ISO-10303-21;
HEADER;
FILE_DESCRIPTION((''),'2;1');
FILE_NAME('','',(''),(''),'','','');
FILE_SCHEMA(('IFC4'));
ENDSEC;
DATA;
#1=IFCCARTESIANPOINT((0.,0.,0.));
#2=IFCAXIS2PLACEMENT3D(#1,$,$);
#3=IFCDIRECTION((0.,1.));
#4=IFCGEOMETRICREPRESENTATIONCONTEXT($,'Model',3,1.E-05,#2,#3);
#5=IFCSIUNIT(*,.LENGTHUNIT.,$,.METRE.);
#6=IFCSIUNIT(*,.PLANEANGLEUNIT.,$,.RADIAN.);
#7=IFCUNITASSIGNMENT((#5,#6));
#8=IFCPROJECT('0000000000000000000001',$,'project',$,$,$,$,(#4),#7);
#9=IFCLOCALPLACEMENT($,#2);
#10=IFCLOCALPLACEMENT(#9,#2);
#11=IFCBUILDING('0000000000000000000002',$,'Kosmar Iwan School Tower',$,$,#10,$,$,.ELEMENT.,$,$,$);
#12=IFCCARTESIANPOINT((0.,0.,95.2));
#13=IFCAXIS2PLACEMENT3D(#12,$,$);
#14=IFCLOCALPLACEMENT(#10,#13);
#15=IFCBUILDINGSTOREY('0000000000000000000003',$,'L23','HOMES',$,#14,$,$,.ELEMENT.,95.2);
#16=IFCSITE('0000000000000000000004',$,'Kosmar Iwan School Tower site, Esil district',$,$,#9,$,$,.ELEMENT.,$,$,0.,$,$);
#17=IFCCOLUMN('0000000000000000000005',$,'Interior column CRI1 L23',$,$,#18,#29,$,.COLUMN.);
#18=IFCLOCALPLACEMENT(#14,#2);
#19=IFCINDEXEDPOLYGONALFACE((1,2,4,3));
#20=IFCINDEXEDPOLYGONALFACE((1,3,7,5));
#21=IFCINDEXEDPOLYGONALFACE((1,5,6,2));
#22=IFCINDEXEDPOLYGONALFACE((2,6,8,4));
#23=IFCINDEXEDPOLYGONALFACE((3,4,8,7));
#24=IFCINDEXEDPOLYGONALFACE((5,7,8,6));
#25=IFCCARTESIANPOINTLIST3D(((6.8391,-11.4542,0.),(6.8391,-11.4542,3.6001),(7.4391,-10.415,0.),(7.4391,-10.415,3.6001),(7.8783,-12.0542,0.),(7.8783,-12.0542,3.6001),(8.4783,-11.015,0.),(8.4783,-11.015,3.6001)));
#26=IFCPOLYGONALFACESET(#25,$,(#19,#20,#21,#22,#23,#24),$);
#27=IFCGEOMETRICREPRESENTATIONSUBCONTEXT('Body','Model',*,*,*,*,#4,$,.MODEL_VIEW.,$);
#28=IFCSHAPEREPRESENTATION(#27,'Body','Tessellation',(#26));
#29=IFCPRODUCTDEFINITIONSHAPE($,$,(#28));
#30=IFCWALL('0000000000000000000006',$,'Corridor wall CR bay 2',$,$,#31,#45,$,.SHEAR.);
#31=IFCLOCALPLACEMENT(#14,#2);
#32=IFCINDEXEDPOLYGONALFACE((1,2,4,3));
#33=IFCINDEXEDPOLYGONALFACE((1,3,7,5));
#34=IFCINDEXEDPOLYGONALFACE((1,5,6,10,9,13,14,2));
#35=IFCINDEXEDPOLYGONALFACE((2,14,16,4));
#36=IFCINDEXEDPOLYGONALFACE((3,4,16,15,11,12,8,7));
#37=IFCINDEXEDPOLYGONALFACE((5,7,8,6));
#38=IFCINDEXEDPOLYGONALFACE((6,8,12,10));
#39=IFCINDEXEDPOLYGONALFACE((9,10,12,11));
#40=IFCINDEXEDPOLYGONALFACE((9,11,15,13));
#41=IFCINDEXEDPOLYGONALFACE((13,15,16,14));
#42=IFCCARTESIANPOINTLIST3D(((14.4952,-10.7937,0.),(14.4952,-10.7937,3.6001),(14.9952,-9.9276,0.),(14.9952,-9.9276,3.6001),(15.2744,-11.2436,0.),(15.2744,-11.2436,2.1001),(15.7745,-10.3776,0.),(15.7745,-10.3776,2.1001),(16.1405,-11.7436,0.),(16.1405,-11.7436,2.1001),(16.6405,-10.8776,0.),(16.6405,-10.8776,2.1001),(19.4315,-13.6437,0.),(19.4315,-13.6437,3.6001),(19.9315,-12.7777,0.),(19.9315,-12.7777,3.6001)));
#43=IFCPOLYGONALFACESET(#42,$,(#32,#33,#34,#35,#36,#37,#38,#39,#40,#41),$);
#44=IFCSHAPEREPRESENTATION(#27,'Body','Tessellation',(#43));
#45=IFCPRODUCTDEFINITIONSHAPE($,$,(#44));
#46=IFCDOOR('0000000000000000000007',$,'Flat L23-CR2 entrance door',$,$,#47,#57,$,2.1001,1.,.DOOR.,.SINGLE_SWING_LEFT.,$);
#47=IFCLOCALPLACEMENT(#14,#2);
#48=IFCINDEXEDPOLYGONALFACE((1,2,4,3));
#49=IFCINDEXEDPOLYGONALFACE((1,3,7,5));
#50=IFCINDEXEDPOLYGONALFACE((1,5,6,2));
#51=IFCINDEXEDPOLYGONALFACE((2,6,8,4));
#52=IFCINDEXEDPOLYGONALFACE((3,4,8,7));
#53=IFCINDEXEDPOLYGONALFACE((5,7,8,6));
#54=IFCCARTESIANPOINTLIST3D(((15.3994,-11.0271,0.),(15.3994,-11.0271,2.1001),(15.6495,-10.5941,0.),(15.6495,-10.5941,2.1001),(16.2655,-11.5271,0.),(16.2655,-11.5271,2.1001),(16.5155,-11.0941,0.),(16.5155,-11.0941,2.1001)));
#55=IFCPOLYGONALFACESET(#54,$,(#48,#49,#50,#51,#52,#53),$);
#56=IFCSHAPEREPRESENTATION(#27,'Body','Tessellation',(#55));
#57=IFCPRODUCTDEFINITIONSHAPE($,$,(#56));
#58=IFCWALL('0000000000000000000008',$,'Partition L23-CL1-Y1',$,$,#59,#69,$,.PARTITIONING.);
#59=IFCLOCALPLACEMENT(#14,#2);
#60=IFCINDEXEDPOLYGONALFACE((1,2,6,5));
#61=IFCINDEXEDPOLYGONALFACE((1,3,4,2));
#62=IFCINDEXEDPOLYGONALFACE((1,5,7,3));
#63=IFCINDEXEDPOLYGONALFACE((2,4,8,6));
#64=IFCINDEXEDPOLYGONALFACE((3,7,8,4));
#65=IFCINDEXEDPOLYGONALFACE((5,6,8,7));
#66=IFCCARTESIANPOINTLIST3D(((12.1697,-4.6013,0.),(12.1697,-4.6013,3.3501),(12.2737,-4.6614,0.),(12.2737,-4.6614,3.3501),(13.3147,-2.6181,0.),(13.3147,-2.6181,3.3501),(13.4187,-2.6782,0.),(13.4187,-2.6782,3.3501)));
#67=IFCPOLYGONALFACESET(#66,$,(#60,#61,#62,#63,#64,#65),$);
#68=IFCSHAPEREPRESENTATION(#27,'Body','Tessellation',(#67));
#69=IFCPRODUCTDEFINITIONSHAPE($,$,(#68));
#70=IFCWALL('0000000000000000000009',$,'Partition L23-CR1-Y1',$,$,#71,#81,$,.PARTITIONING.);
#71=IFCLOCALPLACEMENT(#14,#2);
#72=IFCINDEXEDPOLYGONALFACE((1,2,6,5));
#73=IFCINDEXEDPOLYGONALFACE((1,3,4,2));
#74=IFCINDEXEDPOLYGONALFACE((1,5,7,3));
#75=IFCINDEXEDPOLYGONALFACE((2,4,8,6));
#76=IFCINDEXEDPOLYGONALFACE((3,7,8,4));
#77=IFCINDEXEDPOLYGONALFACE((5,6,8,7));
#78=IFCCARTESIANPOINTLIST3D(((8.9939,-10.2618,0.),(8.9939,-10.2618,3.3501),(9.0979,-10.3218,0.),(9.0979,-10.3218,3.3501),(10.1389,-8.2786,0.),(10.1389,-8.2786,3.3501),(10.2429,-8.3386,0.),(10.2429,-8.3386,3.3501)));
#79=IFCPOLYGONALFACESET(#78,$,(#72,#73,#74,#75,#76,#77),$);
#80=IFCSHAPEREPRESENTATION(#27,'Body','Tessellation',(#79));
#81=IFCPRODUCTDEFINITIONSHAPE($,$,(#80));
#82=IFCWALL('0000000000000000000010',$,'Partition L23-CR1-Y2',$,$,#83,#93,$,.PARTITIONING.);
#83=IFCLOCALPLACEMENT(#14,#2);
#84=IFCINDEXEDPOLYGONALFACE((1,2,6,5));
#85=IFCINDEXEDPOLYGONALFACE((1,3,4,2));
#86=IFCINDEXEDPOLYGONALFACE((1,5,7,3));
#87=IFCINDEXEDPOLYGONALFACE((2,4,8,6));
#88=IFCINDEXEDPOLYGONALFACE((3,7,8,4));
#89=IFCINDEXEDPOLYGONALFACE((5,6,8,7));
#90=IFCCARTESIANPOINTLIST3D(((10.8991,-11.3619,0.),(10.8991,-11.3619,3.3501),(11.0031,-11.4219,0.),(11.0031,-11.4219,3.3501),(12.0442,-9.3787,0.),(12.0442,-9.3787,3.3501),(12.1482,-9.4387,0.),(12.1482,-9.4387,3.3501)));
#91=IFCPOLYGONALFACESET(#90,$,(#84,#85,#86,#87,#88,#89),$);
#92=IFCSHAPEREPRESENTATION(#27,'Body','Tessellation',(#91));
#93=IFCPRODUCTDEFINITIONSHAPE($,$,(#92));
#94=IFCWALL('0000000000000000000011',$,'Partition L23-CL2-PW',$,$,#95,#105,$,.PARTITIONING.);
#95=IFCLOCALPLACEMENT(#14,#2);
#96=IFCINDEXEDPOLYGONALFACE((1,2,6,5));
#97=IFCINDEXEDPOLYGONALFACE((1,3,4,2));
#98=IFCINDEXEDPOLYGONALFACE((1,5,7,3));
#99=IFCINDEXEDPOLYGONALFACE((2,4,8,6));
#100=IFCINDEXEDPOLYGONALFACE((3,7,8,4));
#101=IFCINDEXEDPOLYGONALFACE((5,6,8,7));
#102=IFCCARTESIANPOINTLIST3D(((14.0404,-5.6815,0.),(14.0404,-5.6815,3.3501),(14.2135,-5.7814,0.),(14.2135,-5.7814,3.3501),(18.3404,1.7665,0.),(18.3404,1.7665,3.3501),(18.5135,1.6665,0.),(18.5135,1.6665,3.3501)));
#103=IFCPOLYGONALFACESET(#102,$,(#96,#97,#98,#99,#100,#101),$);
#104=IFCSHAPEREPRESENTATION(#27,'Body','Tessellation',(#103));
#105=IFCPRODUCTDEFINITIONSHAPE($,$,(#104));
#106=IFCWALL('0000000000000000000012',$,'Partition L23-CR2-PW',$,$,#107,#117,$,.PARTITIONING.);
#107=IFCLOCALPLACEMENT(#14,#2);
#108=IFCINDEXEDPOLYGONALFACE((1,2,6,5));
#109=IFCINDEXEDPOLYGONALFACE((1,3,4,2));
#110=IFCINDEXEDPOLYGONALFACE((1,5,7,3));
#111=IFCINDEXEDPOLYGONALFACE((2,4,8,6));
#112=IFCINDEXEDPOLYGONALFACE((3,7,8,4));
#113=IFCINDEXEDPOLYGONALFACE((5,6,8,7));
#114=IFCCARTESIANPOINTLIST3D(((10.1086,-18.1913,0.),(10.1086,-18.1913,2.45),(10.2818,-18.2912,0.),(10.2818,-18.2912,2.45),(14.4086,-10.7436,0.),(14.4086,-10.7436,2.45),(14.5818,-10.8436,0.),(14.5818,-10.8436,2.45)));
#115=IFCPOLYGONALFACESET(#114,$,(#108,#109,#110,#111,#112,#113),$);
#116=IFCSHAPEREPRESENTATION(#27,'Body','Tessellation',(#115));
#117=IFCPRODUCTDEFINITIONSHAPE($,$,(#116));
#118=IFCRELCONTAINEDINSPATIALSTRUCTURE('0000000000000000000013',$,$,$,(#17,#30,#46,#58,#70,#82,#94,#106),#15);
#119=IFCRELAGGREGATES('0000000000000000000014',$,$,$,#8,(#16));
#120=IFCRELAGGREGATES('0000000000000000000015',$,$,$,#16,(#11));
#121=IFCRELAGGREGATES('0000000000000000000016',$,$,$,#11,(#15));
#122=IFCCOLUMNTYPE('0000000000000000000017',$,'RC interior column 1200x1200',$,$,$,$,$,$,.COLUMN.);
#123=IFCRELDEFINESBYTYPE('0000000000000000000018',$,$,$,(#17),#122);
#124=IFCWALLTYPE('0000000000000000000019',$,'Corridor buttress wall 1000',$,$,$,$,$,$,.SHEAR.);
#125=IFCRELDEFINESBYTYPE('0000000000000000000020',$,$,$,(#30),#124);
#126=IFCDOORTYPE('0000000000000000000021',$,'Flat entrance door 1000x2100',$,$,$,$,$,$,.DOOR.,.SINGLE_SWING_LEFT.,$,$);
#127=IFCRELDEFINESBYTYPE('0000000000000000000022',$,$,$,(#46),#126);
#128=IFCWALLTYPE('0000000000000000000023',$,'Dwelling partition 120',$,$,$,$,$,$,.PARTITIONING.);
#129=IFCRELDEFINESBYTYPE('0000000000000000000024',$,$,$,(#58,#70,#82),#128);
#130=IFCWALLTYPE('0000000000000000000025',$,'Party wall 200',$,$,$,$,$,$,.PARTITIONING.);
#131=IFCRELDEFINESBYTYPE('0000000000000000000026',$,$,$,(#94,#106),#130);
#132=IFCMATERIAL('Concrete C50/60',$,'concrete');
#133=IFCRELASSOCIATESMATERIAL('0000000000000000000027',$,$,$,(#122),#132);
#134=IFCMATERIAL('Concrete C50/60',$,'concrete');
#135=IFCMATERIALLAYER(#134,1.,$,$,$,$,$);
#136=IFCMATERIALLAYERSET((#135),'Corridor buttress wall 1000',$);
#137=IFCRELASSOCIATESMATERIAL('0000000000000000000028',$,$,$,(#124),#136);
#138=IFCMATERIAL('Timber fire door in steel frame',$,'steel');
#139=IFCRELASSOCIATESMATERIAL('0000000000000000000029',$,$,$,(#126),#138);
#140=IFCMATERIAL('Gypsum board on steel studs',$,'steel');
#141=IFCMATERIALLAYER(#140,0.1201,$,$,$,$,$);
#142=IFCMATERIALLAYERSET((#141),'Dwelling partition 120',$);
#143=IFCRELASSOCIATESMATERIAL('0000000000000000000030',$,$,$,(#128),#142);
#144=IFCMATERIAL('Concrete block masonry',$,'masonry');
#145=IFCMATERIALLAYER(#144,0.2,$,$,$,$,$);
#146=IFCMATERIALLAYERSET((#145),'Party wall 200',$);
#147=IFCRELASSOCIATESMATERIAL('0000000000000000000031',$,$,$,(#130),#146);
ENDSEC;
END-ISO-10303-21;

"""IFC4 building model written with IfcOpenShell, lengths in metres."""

from ifc_helpers import new_model, si_unit, direction, frame, frame_2d, origin, origin_2d, place, context, subcontext, project, spatial, rectangle, extrude, material, layer, layer_set, material_profile, profile_set, type_object, element, fill, save


model = new_model("IFC4")

# Units and contexts
model_context = context("Model", 3, precision=1e-05, world=origin(), true_north=direction((0.0, 1.0)))
body_context = subcontext(model_context, "Body", "Model", "MODEL_VIEW")
ifc_project = project(units=[si_unit("LENGTHUNIT", "METRE"), si_unit("PLANEANGLEUNIT", "RADIAN")], contexts=[model_context])

# Site, building, storey
site_placement = place(None, origin())
site = spatial("IfcSite", under=ifc_project, at=site_placement, Name="Kosmar Iwan School Tower site, Esil district", CompositionType="ELEMENT", RefElevation=0.0)
building_placement = place(site_placement, origin())
building = spatial("IfcBuilding", under=site, at=building_placement, Name="Kosmar Iwan School Tower", CompositionType="ELEMENT")
storey_placement = place(building_placement, frame((0.0, 0.0, 95.2)))
storey = spatial("IfcBuildingStorey", under=building, at=storey_placement, Name="L23", Description="HOMES", CompositionType="ELEMENT", Elevation=95.2)

# Column
ifc_material_1 = material(Name="Concrete C50/60", Category="concrete")
ifc_material_profile = material_profile(ifc_material_1, rectangle(XDim=1.2, YDim=1.2, at=origin_2d()), Name="RC 1200x1200")
ifc_profile_set = profile_set([ifc_material_profile], Name="Concrete C50/60")
column_type = type_object("IfcColumnType", Name="RC interior column 1200x1200", PredefinedType="COLUMN", material=ifc_profile_set)
column_placement = place(storey_placement, frame((7.6587, -11.2346, 0.0), z_axis=(0.0, 0.0, 1.0), x_axis=(0.866025, -0.5, 0.0)))
element("IfcColumn", 1, at=column_placement, inside=storey, type_object=column_type, Name="Interior column CRI1 L23", PredefinedType="COLUMN", context=body_context, shape_type="SweptSolid", body=[
    extrude(rectangle(XDim=1.2, YDim=1.2, at=origin_2d()), origin(), (0.0, 0.0, 1.0), 3.6001),
])

# Wall, opening, door
ifc_material_2 = material(Name="Concrete C50/60", Category="concrete")
ifc_layer_1 = layer(ifc_material_2, 1.0)
ifc_layer_set_1 = layer_set([ifc_layer_1], Name="Corridor buttress wall 1000")
wall_type_1 = type_object("IfcWallType", Name="Corridor buttress wall 1000", PredefinedType="SHEAR", material=ifc_layer_set_1)
wall_1_placement = place(storey_placement, frame((14.7451, -10.3606, 0.0), z_axis=(0.0, 0.0, 1.0), x_axis=(0.866015, -0.500018, 0.0)))
wall_1 = element("IfcWall", 2, at=wall_1_placement, inside=storey, type_object=wall_type_1, Name="Corridor wall CR bay 2", PredefinedType="SHEAR", context=body_context, shape_type="SweptSolid", body=[
    extrude(rectangle(XDim=5.7, YDim=1.0, at=frame_2d((2.8501, 0.0))), origin(), (0.0, 0.0, 1.0), 3.6001),
])
opening_placement = place(wall_1_placement, frame((0.8999, 0.0, 0.0)))
opening = element("IfcOpeningElement", 3, at=opening_placement, cuts=wall_1, PredefinedType="OPENING", context=body_context, shape_type="SweptSolid", body=[
    extrude(rectangle(XDim=1.0, YDim=2.1001, at=frame_2d((0.5, 1.05))), frame((0.0, 0.512, 0.0), z_axis=(0.0, -1.0, 0.0), x_axis=(1.0, 0.0, 0.0)), (0.0, 0.0, 1.0), 1.0239),
])
ifc_material_3 = material(Name="Timber fire door in steel frame", Category="steel")
door_type = type_object("IfcDoorType", Name="Flat entrance door 1000x2100", OperationType="SINGLE_SWING_LEFT", PredefinedType="DOOR", material=ifc_material_3)
door_placement = place(opening_placement, origin())
door = element("IfcDoor", 4, at=door_placement, inside=storey, type_object=door_type, Name="Flat L23-CR2 entrance door", OperationType="SINGLE_SWING_LEFT", OverallHeight=2.1001, OverallWidth=1.0, PredefinedType="DOOR", context=body_context, shape_type="SweptSolid", body=[
    extrude(rectangle(XDim=1.0, YDim=2.1001, at=frame_2d((0.5, 1.05))), frame((0.0, 0.25, 0.0), z_axis=(0.0, -1.0, 0.0), x_axis=(1.0, 0.0, 0.0)), (0.0, 0.0, 1.0), 0.5),
])
fill(opening, door)

# Walls
ifc_material_4 = material(Name="Gypsum board on steel studs", Category="steel")
ifc_layer_2 = layer(ifc_material_4, 0.1201)
ifc_layer_set_2 = layer_set([ifc_layer_2], Name="Dwelling partition 120")
wall_type_2 = type_object("IfcWallType", Name="Dwelling partition 120", PredefinedType="PARTITIONING", material=ifc_layer_set_2)
for number, where, z_axis, x_axis, name in (
    (5, (12.2217, -4.6313, 0.0), (0.0, 0.0, 1.0), (0.500015, 0.866017, 0.0), "Partition L23-CL1-Y1"),
    (6, (10.1909, -8.3086, 0.0), (0.0, 0.0, 1.0), (-0.500015, -0.866017, 0.0), "Partition L23-CR1-Y1"),
    (7, (12.0962, -9.4087, 0.0), (0.0, 0.0, 1.0), (-0.500015, -0.866017, 0.0), "Partition L23-CR1-Y2"),
):
    element("IfcWall", number, at=place(storey_placement, frame(where, z_axis=z_axis, x_axis=x_axis)), inside=storey, type_object=wall_type_2, Name=name, PredefinedType="PARTITIONING", context=body_context, shape_type="SweptSolid", body=[
        extrude(rectangle(XDim=2.29, YDim=0.1201, at=frame_2d((1.145, 0.0))), origin(), (0.0, 0.0, 1.0), 3.3501),
    ])
ifc_material_5 = material(Name="Concrete block masonry", Category="masonry")
ifc_layer_3 = layer(ifc_material_5, 0.2)
ifc_layer_set_3 = layer_set([ifc_layer_3], Name="Party wall 200")
wall_type_3 = type_object("IfcWallType", Name="Party wall 200", PredefinedType="PARTITIONING", material=ifc_layer_set_3)
wall_2_placement = place(storey_placement, frame((14.127, -5.7314, 0.0), z_axis=(0.0, 0.0, 1.0), x_axis=(0.499995, 0.866028, 0.0)))
element("IfcWall", 8, at=wall_2_placement, inside=storey, type_object=wall_type_3, Name="Partition L23-CL2-PW", PredefinedType="PARTITIONING", context=body_context, shape_type="SweptSolid", body=[
    extrude(rectangle(XDim=8.6001, YDim=0.2, at=frame_2d((4.3, 0.0))), origin(), (0.0, 0.0, 1.0), 3.3501),
])
wall_3_placement = place(storey_placement, frame((14.4951, -10.7937, 0.0), z_axis=(0.0, 0.0, 1.0), x_axis=(-0.500008, -0.866021, 0.0)))
element("IfcWall", 9, at=wall_3_placement, inside=storey, type_object=wall_type_3, Name="Partition L23-CR2-PW", PredefinedType="PARTITIONING", context=body_context, shape_type="SweptSolid", body=[
    extrude(rectangle(XDim=8.5999, YDim=0.2, at=frame_2d((4.2998, 0.0))), origin(), (0.0, 0.0, 1.0), 2.45),
])

save(model, "model.ifc")
